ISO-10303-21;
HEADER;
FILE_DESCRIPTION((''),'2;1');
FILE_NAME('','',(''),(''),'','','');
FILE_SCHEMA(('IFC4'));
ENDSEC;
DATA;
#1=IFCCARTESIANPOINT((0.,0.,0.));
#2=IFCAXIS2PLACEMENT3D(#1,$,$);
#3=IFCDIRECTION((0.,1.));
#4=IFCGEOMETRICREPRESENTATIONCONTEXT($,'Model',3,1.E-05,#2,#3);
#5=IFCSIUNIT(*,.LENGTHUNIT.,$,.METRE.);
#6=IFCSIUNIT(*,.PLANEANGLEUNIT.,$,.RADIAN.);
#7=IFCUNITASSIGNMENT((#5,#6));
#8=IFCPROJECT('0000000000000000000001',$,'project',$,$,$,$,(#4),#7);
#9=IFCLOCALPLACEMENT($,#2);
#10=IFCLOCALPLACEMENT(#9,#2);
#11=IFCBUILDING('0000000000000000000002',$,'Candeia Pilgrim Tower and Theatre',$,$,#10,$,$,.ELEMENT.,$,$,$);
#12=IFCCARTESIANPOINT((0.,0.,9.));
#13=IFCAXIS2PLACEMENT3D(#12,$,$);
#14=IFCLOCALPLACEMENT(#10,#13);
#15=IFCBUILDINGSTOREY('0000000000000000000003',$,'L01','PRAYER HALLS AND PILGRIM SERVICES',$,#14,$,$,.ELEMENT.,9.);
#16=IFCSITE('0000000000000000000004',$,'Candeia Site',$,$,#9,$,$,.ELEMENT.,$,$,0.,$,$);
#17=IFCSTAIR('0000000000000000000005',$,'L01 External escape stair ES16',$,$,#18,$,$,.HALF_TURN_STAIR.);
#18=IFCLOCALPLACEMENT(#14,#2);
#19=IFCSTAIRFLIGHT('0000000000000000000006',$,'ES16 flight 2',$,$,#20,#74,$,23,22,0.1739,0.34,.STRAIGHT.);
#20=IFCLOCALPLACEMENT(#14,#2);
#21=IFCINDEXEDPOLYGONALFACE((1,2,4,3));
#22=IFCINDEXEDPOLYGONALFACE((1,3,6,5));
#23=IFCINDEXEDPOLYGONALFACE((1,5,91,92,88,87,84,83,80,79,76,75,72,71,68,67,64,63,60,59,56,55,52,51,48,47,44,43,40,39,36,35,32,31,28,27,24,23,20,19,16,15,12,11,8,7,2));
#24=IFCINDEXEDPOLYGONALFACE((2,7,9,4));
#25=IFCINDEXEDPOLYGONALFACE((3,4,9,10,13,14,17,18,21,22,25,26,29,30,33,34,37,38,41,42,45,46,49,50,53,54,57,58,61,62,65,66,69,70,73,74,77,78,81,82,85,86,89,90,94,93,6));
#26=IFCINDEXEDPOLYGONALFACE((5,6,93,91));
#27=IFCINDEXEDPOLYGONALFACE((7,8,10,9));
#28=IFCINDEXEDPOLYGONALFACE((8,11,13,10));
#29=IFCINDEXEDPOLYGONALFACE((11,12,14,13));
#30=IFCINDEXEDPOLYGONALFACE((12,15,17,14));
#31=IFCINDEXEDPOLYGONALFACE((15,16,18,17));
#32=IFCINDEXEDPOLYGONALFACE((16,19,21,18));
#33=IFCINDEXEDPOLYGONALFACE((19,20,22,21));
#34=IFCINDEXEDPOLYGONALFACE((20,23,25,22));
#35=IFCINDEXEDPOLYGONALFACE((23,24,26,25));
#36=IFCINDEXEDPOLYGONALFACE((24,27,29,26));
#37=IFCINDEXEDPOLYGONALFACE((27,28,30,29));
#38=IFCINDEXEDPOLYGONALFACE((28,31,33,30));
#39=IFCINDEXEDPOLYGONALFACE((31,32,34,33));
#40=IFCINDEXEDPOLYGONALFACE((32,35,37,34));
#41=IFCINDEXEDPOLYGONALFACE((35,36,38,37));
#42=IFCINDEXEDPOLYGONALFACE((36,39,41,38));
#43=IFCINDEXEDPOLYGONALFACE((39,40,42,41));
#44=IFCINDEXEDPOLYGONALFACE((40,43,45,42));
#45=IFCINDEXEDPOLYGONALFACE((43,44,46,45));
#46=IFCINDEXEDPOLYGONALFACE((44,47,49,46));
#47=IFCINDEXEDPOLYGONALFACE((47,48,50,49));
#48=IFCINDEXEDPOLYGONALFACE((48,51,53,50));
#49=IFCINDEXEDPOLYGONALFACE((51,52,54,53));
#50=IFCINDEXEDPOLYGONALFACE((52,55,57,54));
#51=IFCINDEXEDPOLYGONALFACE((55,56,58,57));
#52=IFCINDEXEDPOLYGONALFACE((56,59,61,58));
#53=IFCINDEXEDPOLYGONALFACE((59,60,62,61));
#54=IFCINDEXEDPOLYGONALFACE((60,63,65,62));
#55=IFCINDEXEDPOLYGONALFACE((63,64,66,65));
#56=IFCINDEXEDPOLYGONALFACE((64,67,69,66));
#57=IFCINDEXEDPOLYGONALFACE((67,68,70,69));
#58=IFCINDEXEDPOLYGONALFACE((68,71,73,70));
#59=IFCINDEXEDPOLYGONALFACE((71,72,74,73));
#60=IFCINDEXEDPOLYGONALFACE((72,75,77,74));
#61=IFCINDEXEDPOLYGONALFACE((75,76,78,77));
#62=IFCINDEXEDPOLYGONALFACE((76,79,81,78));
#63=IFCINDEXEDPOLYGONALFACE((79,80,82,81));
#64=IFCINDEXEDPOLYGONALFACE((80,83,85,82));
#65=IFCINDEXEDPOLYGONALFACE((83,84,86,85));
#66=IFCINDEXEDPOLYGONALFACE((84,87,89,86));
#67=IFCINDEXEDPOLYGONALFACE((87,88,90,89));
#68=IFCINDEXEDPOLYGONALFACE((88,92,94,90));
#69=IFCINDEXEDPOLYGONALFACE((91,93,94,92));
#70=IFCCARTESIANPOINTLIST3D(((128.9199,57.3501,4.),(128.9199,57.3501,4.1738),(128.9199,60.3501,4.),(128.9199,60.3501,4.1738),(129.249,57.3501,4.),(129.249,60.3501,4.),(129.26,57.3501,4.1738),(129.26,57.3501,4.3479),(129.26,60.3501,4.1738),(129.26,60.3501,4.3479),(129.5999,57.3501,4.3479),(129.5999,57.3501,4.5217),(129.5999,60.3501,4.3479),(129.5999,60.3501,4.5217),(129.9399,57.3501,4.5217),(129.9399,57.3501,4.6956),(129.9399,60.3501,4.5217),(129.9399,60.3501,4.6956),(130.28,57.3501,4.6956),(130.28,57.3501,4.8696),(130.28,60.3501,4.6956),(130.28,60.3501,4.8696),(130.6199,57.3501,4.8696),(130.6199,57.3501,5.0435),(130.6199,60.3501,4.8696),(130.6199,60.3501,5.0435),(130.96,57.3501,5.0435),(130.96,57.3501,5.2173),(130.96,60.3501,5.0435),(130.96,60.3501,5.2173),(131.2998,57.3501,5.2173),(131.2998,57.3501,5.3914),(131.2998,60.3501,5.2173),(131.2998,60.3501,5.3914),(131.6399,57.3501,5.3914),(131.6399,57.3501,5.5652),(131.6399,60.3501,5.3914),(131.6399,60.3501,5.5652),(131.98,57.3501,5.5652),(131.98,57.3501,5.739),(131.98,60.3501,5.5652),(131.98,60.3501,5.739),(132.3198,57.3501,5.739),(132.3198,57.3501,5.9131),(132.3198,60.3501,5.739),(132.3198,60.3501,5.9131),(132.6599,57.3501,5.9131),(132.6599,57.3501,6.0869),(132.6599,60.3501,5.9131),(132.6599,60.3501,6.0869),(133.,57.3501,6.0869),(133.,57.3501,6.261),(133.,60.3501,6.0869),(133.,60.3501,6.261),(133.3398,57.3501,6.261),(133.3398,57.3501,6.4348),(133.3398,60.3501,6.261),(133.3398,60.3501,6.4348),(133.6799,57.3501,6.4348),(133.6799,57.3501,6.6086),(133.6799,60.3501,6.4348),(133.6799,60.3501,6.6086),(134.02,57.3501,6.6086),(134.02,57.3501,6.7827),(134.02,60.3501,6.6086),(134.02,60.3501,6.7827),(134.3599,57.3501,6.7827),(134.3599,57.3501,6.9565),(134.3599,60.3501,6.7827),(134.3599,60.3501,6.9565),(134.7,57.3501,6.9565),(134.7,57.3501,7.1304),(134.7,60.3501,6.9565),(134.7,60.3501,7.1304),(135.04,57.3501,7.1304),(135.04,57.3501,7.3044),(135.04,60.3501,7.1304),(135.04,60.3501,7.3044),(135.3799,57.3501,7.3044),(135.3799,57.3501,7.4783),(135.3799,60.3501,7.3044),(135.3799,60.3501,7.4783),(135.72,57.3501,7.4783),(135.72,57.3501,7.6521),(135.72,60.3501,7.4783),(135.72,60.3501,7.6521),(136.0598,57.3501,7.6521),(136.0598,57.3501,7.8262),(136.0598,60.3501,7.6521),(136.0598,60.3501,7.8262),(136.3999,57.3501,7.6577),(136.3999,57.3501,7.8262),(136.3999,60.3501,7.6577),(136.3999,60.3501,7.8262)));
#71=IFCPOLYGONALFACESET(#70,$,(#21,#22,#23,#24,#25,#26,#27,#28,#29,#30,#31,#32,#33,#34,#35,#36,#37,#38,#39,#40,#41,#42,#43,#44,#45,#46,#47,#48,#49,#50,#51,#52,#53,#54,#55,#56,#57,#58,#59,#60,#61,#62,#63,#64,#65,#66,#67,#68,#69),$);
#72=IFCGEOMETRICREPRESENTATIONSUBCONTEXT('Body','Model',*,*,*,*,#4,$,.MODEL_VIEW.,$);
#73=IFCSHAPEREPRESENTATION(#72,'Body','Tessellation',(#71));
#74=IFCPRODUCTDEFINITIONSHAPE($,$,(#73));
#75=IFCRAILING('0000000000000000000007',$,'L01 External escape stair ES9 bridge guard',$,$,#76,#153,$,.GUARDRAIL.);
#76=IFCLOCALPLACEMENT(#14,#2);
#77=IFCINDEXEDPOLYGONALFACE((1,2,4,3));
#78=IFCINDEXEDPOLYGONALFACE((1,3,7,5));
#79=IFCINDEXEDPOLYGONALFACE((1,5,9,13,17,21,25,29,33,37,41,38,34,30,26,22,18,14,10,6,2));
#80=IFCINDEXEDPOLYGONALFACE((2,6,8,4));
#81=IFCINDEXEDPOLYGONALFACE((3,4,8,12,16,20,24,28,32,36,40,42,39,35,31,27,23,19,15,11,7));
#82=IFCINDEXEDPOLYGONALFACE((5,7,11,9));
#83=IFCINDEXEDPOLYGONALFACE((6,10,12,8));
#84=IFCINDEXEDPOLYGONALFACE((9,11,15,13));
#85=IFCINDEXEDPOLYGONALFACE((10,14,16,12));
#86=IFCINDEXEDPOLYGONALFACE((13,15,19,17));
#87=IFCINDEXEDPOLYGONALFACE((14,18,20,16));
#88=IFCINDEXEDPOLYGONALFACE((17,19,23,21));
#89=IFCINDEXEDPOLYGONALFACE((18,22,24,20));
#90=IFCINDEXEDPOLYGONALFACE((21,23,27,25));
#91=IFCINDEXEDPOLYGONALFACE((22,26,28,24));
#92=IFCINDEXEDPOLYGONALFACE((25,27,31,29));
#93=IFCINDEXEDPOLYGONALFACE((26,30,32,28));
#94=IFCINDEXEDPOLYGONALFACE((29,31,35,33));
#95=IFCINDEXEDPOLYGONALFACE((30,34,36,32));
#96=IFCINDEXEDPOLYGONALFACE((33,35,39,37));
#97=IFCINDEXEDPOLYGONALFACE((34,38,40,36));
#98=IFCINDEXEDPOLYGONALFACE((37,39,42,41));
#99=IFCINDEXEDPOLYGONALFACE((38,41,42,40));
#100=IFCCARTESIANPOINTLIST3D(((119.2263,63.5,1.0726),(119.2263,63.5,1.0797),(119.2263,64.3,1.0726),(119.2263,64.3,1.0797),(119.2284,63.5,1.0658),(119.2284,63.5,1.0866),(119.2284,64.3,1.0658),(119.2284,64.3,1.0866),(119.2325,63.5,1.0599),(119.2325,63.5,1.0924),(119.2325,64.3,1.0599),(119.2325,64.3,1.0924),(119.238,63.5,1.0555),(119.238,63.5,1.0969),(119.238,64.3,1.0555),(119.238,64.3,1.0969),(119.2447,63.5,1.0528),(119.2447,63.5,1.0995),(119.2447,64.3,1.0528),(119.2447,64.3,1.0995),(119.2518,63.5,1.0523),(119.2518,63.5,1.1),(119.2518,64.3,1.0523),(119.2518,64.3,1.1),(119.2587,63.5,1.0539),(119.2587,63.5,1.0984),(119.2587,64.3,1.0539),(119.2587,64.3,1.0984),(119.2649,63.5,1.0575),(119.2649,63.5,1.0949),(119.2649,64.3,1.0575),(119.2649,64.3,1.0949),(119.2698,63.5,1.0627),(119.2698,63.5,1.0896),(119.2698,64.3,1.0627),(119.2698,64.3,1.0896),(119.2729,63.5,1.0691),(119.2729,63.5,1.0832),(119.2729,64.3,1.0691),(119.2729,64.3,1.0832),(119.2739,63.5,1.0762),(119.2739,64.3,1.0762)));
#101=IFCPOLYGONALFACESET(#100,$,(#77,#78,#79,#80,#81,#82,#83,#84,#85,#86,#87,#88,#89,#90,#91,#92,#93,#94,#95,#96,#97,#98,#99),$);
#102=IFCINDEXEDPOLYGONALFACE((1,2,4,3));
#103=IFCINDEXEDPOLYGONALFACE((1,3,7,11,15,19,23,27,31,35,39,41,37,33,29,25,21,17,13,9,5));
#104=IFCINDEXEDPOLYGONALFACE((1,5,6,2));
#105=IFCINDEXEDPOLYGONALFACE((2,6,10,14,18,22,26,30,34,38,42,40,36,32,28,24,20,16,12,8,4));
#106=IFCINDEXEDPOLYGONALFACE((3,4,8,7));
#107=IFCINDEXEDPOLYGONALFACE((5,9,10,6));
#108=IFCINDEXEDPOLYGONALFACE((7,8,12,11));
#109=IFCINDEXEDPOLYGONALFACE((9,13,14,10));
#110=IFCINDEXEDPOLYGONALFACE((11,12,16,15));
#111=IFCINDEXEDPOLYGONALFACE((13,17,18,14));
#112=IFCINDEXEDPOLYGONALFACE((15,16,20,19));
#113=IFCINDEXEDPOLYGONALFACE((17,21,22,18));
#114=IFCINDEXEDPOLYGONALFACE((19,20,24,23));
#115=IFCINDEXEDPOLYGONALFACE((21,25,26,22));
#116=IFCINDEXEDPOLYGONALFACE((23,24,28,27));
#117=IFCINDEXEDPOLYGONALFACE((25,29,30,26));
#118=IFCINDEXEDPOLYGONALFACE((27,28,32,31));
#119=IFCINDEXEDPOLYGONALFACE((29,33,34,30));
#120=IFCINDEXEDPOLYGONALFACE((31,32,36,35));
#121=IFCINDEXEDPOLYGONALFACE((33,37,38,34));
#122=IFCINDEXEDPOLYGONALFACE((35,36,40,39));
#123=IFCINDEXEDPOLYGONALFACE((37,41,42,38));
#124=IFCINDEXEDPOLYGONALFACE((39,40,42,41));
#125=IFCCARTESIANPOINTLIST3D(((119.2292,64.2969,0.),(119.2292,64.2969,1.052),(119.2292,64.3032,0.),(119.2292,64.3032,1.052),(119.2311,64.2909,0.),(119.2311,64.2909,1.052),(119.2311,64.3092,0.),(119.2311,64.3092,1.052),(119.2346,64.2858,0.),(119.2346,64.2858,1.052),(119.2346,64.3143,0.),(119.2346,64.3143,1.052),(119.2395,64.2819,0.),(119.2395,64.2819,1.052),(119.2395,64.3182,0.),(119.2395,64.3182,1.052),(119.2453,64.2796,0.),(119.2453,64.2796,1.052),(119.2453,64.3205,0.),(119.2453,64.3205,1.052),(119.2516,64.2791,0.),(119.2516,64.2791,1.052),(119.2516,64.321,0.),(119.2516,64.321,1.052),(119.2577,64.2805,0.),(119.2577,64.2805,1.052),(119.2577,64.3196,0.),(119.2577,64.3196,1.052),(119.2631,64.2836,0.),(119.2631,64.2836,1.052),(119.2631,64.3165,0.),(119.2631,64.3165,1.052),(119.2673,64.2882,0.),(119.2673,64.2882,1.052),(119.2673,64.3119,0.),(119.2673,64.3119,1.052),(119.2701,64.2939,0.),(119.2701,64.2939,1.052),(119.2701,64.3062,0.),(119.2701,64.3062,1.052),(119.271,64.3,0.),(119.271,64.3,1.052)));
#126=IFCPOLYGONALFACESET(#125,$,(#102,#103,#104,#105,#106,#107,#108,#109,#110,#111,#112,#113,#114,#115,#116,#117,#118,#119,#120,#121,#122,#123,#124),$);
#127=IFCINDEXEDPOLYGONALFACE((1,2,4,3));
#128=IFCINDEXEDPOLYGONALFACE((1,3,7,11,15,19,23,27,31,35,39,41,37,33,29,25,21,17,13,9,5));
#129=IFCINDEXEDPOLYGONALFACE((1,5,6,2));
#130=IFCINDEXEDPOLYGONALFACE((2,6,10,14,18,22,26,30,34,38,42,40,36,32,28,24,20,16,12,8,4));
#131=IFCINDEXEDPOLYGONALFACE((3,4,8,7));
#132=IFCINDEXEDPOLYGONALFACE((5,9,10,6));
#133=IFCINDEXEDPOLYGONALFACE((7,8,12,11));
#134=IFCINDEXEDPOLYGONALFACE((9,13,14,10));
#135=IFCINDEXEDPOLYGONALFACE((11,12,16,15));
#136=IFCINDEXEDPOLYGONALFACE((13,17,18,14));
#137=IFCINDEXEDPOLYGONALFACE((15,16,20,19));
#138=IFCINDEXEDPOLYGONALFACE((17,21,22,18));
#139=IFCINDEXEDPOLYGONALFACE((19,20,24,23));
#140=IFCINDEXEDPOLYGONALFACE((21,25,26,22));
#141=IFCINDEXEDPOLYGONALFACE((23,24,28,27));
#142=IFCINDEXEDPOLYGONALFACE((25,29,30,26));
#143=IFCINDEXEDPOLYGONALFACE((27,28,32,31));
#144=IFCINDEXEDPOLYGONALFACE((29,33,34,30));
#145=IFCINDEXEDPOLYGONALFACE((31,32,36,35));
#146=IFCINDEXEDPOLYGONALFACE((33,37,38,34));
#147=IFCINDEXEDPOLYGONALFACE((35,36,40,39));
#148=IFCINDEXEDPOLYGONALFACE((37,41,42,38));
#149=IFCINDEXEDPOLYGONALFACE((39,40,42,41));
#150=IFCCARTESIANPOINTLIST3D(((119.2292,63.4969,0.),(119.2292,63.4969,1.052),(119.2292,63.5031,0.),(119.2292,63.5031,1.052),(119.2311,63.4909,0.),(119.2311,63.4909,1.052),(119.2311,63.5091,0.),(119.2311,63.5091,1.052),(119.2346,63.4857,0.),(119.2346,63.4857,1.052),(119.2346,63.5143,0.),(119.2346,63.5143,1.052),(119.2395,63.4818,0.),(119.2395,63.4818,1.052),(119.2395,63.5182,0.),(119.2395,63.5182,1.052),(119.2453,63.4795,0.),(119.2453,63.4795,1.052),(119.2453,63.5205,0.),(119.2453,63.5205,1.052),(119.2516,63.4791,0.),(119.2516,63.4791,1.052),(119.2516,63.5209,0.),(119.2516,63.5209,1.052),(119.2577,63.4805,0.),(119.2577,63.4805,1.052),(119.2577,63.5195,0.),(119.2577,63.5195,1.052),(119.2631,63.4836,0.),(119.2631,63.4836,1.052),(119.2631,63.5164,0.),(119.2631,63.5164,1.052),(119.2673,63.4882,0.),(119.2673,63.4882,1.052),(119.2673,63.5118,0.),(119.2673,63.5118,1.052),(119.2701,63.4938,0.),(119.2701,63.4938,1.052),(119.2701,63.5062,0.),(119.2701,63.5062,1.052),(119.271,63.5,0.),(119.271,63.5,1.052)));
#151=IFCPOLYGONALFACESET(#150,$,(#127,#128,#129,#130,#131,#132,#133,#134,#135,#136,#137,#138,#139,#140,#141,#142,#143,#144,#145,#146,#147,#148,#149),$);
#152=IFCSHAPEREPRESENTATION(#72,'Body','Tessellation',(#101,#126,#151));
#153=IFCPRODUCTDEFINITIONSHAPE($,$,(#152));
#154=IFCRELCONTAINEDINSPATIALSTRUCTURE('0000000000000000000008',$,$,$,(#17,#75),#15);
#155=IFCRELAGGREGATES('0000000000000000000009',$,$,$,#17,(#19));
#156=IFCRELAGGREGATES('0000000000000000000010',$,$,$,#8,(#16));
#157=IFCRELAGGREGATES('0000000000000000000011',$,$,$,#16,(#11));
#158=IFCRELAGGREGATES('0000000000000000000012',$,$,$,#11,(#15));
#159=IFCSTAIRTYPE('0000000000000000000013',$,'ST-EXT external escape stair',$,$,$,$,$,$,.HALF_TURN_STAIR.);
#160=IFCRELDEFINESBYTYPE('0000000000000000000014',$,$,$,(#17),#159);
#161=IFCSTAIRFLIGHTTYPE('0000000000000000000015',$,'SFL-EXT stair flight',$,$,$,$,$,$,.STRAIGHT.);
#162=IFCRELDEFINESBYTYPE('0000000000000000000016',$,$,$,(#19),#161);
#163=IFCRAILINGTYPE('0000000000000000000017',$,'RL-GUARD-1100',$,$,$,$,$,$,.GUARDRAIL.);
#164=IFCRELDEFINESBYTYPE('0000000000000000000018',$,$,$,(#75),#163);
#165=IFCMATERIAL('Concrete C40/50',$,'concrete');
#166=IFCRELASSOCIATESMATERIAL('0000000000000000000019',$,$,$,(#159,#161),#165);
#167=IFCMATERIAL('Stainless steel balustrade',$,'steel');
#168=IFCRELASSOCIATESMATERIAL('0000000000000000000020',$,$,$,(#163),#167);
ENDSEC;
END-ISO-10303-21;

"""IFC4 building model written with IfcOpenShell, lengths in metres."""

from ifc_helpers import new_model, si_unit, direction, frame, origin, origin_2d, place, context, subcontext, project, spatial, polyline, circle, outline, extrude, material, type_object, element, aggregate, save


model = new_model("IFC4")

# Units and contexts
model_context = context("Model", 3, precision=1e-05, world=origin(), true_north=direction((0.0, 1.0)))
body_context = subcontext(model_context, "Body", "Model", "MODEL_VIEW")
ifc_project = project(units=[si_unit("LENGTHUNIT", "METRE"), si_unit("PLANEANGLEUNIT", "RADIAN")], contexts=[model_context])

# Site, building, storey
site_placement = place(None, origin())
site = spatial("IfcSite", under=ifc_project, at=site_placement, Name="Candeia Site", CompositionType="ELEMENT", RefElevation=0.0)
building_placement = place(site_placement, origin())
building = spatial("IfcBuilding", under=site, at=building_placement, Name="Candeia Pilgrim Tower and Theatre", CompositionType="ELEMENT")
storey_placement = place(building_placement, frame((0.0, 0.0, 9.0)))
storey = spatial("IfcBuildingStorey", under=building, at=storey_placement, Name="L01", Description="PRAYER HALLS AND PILGRIM SERVICES", CompositionType="ELEMENT", Elevation=9.0)

# Shared definitions
ifc_material_1 = material(Name="Concrete C40/50", Category="concrete")

# Stair, stair flight
stair_type = type_object("IfcStairType", Name="ST-EXT external escape stair", PredefinedType="HALF_TURN_STAIR", material=ifc_material_1)
stair_flight_type = type_object("IfcStairFlightType", Name="SFL-EXT stair flight", PredefinedType="STRAIGHT", material=ifc_material_1)
stair_1_placement = place(storey_placement, origin())
stair_1 = element("IfcStair", 1, at=stair_1_placement, inside=storey, type_object=stair_type, Name="L01 External escape stair ES16", PredefinedType="HALF_TURN_STAIR")
stair_flight_1_placement = place(storey_placement, frame((128.9199, 58.8501, 4.0), z_axis=(0.0, 0.0, 1.0), x_axis=(1.0, 0.0, 0.0)))
stair_flight_1 = element("IfcStairFlight", 2, at=stair_flight_1_placement, type_object=stair_flight_type, Name="ES16 flight 2", NumberOfRisers=23, NumberOfTreads=22, PredefinedType="STRAIGHT", RiserHeight=0.1739, TreadLength=0.34, context=body_context, shape_type="SweptSolid", body=[
    extrude(outline(polyline([(0.0, 0.0), (0.0, 0.1738), (0.3401, 0.1738), (0.3401, 0.3479), (0.6799, 0.3479), (0.6799, 0.5217), (1.02, 0.5217), (1.02, 0.6956), (1.3601, 0.6956), (1.3601, 0.8696), (1.7, 0.8696), (1.7, 1.0435), (2.04, 1.0435), (2.04, 1.2173), (2.3799, 1.2173), (2.3799, 1.3914), (2.72, 1.3914), (2.72, 1.5652), (3.0601, 1.5652), (3.0601, 1.739), (3.3999, 1.739), (3.3999, 1.9131), (3.74, 1.9131), (3.74, 2.0869), (4.0801, 2.0869), (4.0801, 2.261), (4.4199, 2.261), (4.4199, 2.4348), (4.76, 2.4348), (4.76, 2.6086), (5.1001, 2.6086), (5.1001, 2.7827), (5.4399, 2.7827), (5.4399, 2.9565), (5.78, 2.9565), (5.78, 3.1304), (6.1201, 3.1304), (6.1201, 3.3044), (6.46, 3.3044), (6.46, 3.4783), (6.8, 3.4783), (6.8, 3.6521), (7.1399, 3.6521), (7.1399, 3.8262), (7.48, 3.8262), (7.48, 4.0), (7.48, 3.6577), (0.3291, 0.0), (0.0, 0.0)])), frame((0.0, 1.5, 0.0), z_axis=(0.0, -1.0, 0.0), x_axis=(1.0, 0.0, 0.0)), (0.0, 0.0, 1.0), 3.0),
])
aggregate(stair_1, [stair_flight_1])

# Railing
ifc_material_2 = material(Name="Stainless steel balustrade", Category="steel")
railing_type_1 = type_object("IfcRailingType", Name="RL-GUARD-1100", PredefinedType="GUARDRAIL", material=ifc_material_2)
railing_1_placement = place(storey_placement, frame((119.25, 64.3, 0.0)))
element("IfcRailing", 3, at=railing_1_placement, inside=storey, type_object=railing_type_1, Name="L01 External escape stair ES9 bridge guard", PredefinedType="GUARDRAIL", context=body_context, shape_type="SweptSolid", body=[
    extrude(circle(Radius=0.0239, at=origin_2d()), frame((0.0, 0.0, 1.0762), z_axis=(0.0, -1.0, 0.0), x_axis=(1.0, 0.0, 0.0)), (0.0, 0.0, 1.0), 0.8),
    extrude(circle(Radius=0.021, at=origin_2d()), origin(), (0.0, 0.0, 1.0), 1.052),
    extrude(circle(Radius=0.021, at=origin_2d()), frame((0.0, -0.8, 0.0)), (0.0, 0.0, 1.0), 1.052),
])

save(model, "model.ifc")
